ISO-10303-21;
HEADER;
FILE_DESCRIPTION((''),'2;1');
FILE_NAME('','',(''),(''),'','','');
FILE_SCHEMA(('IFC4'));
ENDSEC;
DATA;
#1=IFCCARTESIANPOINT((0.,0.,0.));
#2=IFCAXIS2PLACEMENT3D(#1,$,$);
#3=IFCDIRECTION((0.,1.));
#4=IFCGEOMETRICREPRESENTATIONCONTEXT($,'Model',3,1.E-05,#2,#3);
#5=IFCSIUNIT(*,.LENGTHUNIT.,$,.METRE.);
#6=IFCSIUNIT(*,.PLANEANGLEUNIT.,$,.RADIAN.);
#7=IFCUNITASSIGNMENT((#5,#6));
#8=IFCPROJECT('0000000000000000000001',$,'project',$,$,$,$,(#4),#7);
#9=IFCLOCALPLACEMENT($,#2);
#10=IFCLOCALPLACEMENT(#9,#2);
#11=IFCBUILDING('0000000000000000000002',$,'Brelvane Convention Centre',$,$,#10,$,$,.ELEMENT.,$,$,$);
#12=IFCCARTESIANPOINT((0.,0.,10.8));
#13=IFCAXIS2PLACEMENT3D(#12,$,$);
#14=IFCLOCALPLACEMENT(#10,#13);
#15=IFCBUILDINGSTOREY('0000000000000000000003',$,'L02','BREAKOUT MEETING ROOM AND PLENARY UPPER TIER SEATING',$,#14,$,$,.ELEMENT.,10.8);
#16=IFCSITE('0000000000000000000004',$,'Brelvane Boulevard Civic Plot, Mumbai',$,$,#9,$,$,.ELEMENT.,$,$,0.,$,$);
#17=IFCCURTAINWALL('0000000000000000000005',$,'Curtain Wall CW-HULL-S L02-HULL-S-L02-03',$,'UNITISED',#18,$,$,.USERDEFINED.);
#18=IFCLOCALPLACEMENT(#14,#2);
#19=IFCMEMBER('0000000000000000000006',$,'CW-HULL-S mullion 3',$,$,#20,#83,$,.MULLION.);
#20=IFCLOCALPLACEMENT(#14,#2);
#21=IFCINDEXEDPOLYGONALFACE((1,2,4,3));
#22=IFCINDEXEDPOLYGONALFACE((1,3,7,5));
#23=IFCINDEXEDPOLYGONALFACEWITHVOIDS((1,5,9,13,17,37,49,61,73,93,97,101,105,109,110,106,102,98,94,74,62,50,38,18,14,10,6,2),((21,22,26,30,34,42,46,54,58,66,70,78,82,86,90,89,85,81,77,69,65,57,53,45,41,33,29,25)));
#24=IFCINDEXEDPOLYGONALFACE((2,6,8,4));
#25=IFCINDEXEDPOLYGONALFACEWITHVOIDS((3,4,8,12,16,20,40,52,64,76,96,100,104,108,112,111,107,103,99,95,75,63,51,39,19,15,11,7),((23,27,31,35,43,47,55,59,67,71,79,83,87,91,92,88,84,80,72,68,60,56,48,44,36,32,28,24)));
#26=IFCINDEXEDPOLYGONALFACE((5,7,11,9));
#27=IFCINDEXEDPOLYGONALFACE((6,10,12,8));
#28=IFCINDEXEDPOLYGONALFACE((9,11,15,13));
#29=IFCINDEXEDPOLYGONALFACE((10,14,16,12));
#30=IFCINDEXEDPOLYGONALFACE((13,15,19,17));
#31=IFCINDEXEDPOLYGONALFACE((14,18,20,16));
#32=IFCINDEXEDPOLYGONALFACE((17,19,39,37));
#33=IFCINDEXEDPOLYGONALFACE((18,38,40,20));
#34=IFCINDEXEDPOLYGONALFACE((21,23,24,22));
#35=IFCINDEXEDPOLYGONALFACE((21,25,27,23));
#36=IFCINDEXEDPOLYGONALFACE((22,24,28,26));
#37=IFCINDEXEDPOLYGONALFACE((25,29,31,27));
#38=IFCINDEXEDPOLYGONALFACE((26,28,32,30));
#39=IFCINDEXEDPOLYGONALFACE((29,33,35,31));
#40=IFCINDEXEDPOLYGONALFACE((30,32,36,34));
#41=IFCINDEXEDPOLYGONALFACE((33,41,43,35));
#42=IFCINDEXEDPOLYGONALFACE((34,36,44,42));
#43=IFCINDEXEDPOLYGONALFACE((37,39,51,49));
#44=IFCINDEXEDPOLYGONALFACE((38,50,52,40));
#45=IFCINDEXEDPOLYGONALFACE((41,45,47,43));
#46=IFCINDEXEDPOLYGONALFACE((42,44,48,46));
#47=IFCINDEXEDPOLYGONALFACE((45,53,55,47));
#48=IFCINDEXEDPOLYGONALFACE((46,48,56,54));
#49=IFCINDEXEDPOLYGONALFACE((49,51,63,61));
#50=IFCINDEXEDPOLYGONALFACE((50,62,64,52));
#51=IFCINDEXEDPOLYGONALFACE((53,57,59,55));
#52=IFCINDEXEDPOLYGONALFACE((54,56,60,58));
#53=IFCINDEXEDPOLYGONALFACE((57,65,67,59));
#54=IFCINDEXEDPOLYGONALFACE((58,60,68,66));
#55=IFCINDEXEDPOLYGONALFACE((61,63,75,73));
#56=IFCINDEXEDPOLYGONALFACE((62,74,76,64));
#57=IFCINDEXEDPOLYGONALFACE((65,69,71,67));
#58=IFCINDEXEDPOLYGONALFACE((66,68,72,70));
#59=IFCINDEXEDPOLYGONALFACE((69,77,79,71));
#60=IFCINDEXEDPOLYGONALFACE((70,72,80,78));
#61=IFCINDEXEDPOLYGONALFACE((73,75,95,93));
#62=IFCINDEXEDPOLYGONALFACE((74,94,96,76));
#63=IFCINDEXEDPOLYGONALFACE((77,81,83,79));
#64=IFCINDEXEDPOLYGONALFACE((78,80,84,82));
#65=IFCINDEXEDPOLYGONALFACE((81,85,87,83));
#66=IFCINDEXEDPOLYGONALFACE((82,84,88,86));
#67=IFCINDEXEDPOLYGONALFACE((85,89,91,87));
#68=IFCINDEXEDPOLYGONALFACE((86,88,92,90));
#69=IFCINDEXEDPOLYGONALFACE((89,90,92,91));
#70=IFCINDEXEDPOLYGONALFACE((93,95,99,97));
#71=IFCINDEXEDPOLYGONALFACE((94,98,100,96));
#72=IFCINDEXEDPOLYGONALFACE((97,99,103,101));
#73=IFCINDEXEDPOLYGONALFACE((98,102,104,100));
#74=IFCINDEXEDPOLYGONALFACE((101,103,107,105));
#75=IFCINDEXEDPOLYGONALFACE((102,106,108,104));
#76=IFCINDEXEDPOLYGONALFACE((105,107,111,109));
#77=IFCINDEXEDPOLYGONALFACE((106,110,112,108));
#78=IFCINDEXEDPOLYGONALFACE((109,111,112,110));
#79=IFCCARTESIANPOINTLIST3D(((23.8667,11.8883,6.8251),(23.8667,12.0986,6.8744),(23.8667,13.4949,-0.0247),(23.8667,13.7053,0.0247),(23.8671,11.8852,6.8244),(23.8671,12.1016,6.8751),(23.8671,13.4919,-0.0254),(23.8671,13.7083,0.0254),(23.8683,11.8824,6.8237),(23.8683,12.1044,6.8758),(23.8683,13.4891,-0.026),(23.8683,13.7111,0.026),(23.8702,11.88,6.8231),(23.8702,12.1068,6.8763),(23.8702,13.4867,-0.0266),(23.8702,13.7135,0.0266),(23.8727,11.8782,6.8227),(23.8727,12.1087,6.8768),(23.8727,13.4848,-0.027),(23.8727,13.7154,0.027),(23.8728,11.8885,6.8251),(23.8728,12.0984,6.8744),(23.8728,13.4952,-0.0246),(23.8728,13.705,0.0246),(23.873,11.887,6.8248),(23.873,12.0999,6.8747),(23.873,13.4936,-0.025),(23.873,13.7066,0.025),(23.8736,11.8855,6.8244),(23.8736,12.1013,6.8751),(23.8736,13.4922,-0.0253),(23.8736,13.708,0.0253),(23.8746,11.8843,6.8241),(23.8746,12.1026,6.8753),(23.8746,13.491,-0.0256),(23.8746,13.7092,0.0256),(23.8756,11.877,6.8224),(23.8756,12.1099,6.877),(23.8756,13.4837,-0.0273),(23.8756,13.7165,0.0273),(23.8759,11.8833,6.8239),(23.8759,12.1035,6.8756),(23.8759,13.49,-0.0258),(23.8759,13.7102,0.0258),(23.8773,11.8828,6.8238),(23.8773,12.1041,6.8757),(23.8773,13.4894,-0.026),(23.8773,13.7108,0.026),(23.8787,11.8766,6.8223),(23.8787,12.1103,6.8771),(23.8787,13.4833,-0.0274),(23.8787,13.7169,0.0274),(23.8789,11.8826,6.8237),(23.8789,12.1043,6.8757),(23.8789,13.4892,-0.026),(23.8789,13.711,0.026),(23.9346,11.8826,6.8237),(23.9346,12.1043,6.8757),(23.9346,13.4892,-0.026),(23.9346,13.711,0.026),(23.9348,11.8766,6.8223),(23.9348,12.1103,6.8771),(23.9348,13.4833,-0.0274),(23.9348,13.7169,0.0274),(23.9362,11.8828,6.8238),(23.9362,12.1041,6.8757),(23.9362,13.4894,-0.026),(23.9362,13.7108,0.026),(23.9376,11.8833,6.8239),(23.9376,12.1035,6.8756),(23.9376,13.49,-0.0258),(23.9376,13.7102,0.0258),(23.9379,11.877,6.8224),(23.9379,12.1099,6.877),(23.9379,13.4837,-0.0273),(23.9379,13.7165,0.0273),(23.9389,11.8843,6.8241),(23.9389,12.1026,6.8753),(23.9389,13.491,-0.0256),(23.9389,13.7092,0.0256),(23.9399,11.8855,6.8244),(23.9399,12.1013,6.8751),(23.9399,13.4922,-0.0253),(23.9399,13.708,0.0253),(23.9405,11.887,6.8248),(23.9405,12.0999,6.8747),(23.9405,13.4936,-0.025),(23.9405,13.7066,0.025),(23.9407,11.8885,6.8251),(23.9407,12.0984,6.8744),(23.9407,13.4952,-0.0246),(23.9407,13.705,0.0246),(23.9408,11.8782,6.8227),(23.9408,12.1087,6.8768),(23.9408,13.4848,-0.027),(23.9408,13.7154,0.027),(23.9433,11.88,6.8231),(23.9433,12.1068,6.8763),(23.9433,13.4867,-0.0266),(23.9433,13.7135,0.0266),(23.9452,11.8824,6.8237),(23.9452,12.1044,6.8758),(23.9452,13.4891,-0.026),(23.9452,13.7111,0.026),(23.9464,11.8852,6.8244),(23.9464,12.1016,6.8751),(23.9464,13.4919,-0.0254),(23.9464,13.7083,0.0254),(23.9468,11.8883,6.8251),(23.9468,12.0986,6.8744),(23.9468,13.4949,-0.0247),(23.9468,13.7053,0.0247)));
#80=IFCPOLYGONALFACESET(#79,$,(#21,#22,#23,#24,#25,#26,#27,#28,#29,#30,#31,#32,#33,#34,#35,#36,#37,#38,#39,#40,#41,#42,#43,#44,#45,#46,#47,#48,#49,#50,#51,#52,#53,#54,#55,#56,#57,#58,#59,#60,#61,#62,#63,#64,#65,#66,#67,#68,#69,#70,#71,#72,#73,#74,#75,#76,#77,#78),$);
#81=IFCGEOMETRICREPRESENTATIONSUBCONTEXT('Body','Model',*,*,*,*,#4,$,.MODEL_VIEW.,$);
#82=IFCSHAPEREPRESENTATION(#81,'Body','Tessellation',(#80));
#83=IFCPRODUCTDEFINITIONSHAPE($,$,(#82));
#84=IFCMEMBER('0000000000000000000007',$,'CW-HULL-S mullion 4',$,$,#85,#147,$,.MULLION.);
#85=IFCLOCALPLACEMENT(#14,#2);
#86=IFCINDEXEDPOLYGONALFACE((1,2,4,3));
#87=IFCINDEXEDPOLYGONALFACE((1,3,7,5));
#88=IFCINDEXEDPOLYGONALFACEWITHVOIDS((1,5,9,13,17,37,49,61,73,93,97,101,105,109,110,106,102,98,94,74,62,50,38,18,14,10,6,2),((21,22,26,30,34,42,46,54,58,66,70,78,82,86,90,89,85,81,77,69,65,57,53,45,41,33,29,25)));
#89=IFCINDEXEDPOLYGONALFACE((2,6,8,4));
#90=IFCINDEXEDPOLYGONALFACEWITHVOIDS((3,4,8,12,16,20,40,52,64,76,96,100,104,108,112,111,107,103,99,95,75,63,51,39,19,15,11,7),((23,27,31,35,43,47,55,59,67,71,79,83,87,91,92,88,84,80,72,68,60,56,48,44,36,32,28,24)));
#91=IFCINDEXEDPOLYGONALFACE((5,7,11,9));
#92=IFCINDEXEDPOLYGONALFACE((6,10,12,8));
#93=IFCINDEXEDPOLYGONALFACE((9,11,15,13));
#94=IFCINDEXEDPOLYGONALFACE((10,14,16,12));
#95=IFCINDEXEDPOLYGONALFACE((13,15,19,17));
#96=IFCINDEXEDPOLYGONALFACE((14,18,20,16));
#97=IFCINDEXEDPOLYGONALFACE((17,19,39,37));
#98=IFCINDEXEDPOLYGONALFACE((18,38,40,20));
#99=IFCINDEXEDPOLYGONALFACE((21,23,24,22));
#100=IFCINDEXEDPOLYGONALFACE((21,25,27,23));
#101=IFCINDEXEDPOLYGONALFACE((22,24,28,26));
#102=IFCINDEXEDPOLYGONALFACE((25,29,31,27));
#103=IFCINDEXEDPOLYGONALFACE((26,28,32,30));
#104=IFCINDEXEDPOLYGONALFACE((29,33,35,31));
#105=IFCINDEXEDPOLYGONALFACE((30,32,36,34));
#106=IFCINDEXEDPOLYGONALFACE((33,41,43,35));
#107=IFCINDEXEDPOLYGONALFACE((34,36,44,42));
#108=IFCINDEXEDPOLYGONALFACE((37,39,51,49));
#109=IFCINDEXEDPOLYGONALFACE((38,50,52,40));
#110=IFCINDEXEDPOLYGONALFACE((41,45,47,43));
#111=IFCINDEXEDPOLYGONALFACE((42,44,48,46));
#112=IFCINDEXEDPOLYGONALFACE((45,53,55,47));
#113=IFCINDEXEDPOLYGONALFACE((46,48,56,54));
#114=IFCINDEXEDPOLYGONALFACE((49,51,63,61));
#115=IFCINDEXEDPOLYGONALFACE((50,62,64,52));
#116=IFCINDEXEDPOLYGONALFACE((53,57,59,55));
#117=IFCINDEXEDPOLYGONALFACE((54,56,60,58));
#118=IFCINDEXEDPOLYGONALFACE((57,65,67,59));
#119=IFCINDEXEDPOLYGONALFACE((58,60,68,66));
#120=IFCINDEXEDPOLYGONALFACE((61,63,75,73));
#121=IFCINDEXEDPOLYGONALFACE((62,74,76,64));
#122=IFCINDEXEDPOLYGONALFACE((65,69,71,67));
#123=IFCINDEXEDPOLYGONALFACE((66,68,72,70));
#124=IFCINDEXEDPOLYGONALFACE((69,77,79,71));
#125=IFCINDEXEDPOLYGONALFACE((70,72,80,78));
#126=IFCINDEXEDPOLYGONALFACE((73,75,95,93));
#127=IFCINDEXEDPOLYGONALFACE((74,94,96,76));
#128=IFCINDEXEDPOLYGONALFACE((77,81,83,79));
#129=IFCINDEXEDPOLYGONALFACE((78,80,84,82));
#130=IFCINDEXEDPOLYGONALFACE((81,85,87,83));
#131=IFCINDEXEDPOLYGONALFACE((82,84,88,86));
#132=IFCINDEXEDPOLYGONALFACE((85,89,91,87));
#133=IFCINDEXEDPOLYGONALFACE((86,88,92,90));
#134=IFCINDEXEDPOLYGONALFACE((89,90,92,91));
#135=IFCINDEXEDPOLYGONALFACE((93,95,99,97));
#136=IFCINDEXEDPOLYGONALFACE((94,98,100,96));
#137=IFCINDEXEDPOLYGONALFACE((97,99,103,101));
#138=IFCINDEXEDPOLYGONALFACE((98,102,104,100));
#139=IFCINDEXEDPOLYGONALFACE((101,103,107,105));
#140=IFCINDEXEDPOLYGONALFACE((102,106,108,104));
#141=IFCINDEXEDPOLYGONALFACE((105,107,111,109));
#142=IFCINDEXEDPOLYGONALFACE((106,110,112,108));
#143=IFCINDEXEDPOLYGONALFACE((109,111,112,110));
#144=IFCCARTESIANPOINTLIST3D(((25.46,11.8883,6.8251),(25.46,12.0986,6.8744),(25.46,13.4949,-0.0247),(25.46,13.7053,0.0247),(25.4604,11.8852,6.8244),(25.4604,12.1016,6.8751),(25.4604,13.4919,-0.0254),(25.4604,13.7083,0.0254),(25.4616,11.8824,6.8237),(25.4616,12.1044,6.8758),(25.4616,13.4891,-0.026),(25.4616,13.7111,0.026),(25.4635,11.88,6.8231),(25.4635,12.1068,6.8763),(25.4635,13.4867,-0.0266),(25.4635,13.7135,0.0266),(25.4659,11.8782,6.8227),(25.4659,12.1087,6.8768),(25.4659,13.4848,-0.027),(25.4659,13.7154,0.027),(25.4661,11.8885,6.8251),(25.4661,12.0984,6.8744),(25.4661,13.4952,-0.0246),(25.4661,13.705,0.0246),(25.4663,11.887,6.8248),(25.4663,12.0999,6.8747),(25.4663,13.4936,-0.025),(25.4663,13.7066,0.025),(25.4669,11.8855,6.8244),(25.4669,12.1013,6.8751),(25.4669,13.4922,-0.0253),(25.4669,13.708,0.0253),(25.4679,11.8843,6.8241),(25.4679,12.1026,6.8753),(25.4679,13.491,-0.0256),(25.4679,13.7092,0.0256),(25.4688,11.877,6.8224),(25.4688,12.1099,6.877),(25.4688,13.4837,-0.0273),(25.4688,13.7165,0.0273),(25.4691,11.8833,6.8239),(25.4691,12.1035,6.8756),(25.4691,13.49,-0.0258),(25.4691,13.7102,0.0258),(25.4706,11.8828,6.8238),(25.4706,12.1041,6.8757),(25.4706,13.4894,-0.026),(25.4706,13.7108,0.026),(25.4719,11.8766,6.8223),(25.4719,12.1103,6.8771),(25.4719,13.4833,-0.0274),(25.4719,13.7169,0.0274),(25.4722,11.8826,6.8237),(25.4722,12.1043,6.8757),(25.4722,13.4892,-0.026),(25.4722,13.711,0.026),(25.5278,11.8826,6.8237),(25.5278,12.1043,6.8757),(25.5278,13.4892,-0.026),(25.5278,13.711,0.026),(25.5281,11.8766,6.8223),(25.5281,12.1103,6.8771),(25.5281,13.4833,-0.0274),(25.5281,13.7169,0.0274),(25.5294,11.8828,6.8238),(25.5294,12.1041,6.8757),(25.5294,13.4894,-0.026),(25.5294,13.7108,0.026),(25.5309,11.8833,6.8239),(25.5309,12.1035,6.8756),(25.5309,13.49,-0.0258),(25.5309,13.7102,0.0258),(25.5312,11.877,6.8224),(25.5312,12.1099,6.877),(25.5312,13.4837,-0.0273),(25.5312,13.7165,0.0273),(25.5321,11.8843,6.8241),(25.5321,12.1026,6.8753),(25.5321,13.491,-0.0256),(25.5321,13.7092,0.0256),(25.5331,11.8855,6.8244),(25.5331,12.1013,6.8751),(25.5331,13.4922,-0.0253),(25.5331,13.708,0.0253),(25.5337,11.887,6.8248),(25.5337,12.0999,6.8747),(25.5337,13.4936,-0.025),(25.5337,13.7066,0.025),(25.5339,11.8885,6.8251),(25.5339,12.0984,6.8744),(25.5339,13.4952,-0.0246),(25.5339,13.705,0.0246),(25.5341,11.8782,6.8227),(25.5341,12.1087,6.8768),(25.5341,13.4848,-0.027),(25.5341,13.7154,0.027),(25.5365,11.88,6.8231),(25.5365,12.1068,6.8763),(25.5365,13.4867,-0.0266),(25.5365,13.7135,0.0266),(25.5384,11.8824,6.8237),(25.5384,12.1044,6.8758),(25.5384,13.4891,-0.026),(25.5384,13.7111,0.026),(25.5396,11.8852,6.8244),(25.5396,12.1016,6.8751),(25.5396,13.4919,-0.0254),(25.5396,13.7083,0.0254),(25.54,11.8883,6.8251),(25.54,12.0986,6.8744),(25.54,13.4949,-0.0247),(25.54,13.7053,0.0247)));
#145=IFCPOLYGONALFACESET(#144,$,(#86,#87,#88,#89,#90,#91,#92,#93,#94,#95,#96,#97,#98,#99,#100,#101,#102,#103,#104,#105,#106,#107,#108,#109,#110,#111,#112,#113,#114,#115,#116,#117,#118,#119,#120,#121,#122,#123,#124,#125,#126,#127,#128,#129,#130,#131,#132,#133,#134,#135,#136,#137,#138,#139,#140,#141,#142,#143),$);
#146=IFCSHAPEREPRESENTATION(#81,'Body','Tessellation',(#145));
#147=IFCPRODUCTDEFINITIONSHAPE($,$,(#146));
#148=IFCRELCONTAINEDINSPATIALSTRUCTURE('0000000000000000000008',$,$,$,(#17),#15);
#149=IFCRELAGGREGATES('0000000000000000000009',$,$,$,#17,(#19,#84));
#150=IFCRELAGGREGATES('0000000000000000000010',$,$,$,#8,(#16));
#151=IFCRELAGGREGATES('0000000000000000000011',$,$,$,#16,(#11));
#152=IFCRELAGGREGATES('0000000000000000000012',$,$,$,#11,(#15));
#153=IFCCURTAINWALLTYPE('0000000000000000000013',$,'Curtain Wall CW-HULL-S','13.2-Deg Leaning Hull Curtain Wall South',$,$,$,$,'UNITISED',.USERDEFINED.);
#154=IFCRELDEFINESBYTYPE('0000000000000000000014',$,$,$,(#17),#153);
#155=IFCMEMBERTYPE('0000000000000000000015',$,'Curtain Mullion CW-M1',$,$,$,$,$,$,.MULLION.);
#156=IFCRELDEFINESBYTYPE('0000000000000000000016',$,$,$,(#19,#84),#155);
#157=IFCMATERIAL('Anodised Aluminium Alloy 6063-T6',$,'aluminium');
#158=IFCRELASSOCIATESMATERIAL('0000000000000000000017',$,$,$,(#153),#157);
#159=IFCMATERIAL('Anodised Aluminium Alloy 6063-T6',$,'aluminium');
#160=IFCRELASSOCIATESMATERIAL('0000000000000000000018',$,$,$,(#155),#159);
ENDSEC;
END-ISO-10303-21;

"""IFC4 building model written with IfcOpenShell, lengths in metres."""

from ifc_helpers import new_model, si_unit, direction, frame, origin, origin_2d, place, context, subcontext, project, spatial, hollow_rectangle, extrude, material, material_profile, profile_set, type_object, element, aggregate, save


model = new_model("IFC4")

# Units and contexts
model_context = context("Model", 3, precision=1e-05, world=origin(), true_north=direction((0.0, 1.0)))
body_context = subcontext(model_context, "Body", "Model", "MODEL_VIEW")
ifc_project = project(units=[si_unit("LENGTHUNIT", "METRE"), si_unit("PLANEANGLEUNIT", "RADIAN")], contexts=[model_context])

# Site, building, storey
site_placement = place(None, origin())
site = spatial("IfcSite", under=ifc_project, at=site_placement, Name="Brelvane Boulevard Civic Plot, Mumbai", CompositionType="ELEMENT", RefElevation=0.0)
building_placement = place(site_placement, origin())
building = spatial("IfcBuilding", under=site, at=building_placement, Name="Brelvane Convention Centre", CompositionType="ELEMENT")
storey_placement = place(building_placement, frame((0.0, 0.0, 10.8)))
storey = spatial("IfcBuildingStorey", under=building, at=storey_placement, Name="L02", Description="BREAKOUT MEETING ROOM AND PLENARY UPPER TIER SEATING", CompositionType="ELEMENT", Elevation=10.8)

# Shared definitions
ifc_material_1 = material(Name="Anodised Aluminium Alloy 6063-T6", Category="aluminium")
curtain_wall_type = type_object("IfcCurtainWallType", Name="Curtain Wall CW-HULL-S", Description="13.2-Deg Leaning Hull Curtain Wall South", ElementType="UNITISED", PredefinedType="USERDEFINED", material=ifc_material_1)
ifc_material_2 = material(Name="Anodised Aluminium Alloy 6063-T6", Category="aluminium")
ifc_material_profile_1 = material_profile(ifc_material_2, hollow_rectangle(XDim=0.0801, YDim=0.24, WallThickness=0.0061, InnerFilletRadius=0.0061, OuterFilletRadius=0.012, at=origin_2d()), Name="ALU-M 240x80x6.0")
ifc_profile_set_1 = profile_set([ifc_material_profile_1], Name="Anodised Aluminium Alloy 6063-T6")
member_type_1 = type_object("IfcMemberType", Name="Curtain Mullion CW-M1", PredefinedType="MULLION", material=ifc_profile_set_1)

# Curtain wall, members
curtain_wall_1_placement = place(storey_placement, origin())
curtain_wall_1 = element("IfcCurtainWall", 1, at=curtain_wall_1_placement, inside=storey, type_object=curtain_wall_type, Name="Curtain Wall CW-HULL-S L02-HULL-S-L02-03", ObjectType="UNITISED", PredefinedType="USERDEFINED")
member_1_placement = place(storey_placement, frame((23.9067, 13.6001, 0.0), z_axis=(0.0, -0.22836, 0.973577), x_axis=(1.0, 0.0, 0.0)))
member_1 = element("IfcMember", 2, at=member_1_placement, type_object=member_type_1, Name="CW-HULL-S mullion 3", PredefinedType="MULLION", context=body_context, shape_type="SweptSolid", body=[
    extrude(hollow_rectangle(XDim=0.0801, YDim=0.24, WallThickness=0.0061, InnerFilletRadius=0.0061, OuterFilletRadius=0.012, at=origin_2d()), origin(), (0.0, 0.0, 1.0), 7.0356),
])
member_2_placement = place(storey_placement, frame((25.5, 13.6001, 0.0), z_axis=(0.0, -0.22836, 0.973577), x_axis=(1.0, 0.0, 0.0)))
member_2 = element("IfcMember", 3, at=member_2_placement, type_object=member_type_1, Name="CW-HULL-S mullion 4", PredefinedType="MULLION", context=body_context, shape_type="SweptSolid", body=[
    extrude(hollow_rectangle(XDim=0.0801, YDim=0.24, WallThickness=0.0061, InnerFilletRadius=0.0061, OuterFilletRadius=0.012, at=origin_2d()), origin(), (0.0, 0.0, 1.0), 7.0356),
])

aggregate(curtain_wall_1, [member_1, member_2])

save(model, "model.ifc")
